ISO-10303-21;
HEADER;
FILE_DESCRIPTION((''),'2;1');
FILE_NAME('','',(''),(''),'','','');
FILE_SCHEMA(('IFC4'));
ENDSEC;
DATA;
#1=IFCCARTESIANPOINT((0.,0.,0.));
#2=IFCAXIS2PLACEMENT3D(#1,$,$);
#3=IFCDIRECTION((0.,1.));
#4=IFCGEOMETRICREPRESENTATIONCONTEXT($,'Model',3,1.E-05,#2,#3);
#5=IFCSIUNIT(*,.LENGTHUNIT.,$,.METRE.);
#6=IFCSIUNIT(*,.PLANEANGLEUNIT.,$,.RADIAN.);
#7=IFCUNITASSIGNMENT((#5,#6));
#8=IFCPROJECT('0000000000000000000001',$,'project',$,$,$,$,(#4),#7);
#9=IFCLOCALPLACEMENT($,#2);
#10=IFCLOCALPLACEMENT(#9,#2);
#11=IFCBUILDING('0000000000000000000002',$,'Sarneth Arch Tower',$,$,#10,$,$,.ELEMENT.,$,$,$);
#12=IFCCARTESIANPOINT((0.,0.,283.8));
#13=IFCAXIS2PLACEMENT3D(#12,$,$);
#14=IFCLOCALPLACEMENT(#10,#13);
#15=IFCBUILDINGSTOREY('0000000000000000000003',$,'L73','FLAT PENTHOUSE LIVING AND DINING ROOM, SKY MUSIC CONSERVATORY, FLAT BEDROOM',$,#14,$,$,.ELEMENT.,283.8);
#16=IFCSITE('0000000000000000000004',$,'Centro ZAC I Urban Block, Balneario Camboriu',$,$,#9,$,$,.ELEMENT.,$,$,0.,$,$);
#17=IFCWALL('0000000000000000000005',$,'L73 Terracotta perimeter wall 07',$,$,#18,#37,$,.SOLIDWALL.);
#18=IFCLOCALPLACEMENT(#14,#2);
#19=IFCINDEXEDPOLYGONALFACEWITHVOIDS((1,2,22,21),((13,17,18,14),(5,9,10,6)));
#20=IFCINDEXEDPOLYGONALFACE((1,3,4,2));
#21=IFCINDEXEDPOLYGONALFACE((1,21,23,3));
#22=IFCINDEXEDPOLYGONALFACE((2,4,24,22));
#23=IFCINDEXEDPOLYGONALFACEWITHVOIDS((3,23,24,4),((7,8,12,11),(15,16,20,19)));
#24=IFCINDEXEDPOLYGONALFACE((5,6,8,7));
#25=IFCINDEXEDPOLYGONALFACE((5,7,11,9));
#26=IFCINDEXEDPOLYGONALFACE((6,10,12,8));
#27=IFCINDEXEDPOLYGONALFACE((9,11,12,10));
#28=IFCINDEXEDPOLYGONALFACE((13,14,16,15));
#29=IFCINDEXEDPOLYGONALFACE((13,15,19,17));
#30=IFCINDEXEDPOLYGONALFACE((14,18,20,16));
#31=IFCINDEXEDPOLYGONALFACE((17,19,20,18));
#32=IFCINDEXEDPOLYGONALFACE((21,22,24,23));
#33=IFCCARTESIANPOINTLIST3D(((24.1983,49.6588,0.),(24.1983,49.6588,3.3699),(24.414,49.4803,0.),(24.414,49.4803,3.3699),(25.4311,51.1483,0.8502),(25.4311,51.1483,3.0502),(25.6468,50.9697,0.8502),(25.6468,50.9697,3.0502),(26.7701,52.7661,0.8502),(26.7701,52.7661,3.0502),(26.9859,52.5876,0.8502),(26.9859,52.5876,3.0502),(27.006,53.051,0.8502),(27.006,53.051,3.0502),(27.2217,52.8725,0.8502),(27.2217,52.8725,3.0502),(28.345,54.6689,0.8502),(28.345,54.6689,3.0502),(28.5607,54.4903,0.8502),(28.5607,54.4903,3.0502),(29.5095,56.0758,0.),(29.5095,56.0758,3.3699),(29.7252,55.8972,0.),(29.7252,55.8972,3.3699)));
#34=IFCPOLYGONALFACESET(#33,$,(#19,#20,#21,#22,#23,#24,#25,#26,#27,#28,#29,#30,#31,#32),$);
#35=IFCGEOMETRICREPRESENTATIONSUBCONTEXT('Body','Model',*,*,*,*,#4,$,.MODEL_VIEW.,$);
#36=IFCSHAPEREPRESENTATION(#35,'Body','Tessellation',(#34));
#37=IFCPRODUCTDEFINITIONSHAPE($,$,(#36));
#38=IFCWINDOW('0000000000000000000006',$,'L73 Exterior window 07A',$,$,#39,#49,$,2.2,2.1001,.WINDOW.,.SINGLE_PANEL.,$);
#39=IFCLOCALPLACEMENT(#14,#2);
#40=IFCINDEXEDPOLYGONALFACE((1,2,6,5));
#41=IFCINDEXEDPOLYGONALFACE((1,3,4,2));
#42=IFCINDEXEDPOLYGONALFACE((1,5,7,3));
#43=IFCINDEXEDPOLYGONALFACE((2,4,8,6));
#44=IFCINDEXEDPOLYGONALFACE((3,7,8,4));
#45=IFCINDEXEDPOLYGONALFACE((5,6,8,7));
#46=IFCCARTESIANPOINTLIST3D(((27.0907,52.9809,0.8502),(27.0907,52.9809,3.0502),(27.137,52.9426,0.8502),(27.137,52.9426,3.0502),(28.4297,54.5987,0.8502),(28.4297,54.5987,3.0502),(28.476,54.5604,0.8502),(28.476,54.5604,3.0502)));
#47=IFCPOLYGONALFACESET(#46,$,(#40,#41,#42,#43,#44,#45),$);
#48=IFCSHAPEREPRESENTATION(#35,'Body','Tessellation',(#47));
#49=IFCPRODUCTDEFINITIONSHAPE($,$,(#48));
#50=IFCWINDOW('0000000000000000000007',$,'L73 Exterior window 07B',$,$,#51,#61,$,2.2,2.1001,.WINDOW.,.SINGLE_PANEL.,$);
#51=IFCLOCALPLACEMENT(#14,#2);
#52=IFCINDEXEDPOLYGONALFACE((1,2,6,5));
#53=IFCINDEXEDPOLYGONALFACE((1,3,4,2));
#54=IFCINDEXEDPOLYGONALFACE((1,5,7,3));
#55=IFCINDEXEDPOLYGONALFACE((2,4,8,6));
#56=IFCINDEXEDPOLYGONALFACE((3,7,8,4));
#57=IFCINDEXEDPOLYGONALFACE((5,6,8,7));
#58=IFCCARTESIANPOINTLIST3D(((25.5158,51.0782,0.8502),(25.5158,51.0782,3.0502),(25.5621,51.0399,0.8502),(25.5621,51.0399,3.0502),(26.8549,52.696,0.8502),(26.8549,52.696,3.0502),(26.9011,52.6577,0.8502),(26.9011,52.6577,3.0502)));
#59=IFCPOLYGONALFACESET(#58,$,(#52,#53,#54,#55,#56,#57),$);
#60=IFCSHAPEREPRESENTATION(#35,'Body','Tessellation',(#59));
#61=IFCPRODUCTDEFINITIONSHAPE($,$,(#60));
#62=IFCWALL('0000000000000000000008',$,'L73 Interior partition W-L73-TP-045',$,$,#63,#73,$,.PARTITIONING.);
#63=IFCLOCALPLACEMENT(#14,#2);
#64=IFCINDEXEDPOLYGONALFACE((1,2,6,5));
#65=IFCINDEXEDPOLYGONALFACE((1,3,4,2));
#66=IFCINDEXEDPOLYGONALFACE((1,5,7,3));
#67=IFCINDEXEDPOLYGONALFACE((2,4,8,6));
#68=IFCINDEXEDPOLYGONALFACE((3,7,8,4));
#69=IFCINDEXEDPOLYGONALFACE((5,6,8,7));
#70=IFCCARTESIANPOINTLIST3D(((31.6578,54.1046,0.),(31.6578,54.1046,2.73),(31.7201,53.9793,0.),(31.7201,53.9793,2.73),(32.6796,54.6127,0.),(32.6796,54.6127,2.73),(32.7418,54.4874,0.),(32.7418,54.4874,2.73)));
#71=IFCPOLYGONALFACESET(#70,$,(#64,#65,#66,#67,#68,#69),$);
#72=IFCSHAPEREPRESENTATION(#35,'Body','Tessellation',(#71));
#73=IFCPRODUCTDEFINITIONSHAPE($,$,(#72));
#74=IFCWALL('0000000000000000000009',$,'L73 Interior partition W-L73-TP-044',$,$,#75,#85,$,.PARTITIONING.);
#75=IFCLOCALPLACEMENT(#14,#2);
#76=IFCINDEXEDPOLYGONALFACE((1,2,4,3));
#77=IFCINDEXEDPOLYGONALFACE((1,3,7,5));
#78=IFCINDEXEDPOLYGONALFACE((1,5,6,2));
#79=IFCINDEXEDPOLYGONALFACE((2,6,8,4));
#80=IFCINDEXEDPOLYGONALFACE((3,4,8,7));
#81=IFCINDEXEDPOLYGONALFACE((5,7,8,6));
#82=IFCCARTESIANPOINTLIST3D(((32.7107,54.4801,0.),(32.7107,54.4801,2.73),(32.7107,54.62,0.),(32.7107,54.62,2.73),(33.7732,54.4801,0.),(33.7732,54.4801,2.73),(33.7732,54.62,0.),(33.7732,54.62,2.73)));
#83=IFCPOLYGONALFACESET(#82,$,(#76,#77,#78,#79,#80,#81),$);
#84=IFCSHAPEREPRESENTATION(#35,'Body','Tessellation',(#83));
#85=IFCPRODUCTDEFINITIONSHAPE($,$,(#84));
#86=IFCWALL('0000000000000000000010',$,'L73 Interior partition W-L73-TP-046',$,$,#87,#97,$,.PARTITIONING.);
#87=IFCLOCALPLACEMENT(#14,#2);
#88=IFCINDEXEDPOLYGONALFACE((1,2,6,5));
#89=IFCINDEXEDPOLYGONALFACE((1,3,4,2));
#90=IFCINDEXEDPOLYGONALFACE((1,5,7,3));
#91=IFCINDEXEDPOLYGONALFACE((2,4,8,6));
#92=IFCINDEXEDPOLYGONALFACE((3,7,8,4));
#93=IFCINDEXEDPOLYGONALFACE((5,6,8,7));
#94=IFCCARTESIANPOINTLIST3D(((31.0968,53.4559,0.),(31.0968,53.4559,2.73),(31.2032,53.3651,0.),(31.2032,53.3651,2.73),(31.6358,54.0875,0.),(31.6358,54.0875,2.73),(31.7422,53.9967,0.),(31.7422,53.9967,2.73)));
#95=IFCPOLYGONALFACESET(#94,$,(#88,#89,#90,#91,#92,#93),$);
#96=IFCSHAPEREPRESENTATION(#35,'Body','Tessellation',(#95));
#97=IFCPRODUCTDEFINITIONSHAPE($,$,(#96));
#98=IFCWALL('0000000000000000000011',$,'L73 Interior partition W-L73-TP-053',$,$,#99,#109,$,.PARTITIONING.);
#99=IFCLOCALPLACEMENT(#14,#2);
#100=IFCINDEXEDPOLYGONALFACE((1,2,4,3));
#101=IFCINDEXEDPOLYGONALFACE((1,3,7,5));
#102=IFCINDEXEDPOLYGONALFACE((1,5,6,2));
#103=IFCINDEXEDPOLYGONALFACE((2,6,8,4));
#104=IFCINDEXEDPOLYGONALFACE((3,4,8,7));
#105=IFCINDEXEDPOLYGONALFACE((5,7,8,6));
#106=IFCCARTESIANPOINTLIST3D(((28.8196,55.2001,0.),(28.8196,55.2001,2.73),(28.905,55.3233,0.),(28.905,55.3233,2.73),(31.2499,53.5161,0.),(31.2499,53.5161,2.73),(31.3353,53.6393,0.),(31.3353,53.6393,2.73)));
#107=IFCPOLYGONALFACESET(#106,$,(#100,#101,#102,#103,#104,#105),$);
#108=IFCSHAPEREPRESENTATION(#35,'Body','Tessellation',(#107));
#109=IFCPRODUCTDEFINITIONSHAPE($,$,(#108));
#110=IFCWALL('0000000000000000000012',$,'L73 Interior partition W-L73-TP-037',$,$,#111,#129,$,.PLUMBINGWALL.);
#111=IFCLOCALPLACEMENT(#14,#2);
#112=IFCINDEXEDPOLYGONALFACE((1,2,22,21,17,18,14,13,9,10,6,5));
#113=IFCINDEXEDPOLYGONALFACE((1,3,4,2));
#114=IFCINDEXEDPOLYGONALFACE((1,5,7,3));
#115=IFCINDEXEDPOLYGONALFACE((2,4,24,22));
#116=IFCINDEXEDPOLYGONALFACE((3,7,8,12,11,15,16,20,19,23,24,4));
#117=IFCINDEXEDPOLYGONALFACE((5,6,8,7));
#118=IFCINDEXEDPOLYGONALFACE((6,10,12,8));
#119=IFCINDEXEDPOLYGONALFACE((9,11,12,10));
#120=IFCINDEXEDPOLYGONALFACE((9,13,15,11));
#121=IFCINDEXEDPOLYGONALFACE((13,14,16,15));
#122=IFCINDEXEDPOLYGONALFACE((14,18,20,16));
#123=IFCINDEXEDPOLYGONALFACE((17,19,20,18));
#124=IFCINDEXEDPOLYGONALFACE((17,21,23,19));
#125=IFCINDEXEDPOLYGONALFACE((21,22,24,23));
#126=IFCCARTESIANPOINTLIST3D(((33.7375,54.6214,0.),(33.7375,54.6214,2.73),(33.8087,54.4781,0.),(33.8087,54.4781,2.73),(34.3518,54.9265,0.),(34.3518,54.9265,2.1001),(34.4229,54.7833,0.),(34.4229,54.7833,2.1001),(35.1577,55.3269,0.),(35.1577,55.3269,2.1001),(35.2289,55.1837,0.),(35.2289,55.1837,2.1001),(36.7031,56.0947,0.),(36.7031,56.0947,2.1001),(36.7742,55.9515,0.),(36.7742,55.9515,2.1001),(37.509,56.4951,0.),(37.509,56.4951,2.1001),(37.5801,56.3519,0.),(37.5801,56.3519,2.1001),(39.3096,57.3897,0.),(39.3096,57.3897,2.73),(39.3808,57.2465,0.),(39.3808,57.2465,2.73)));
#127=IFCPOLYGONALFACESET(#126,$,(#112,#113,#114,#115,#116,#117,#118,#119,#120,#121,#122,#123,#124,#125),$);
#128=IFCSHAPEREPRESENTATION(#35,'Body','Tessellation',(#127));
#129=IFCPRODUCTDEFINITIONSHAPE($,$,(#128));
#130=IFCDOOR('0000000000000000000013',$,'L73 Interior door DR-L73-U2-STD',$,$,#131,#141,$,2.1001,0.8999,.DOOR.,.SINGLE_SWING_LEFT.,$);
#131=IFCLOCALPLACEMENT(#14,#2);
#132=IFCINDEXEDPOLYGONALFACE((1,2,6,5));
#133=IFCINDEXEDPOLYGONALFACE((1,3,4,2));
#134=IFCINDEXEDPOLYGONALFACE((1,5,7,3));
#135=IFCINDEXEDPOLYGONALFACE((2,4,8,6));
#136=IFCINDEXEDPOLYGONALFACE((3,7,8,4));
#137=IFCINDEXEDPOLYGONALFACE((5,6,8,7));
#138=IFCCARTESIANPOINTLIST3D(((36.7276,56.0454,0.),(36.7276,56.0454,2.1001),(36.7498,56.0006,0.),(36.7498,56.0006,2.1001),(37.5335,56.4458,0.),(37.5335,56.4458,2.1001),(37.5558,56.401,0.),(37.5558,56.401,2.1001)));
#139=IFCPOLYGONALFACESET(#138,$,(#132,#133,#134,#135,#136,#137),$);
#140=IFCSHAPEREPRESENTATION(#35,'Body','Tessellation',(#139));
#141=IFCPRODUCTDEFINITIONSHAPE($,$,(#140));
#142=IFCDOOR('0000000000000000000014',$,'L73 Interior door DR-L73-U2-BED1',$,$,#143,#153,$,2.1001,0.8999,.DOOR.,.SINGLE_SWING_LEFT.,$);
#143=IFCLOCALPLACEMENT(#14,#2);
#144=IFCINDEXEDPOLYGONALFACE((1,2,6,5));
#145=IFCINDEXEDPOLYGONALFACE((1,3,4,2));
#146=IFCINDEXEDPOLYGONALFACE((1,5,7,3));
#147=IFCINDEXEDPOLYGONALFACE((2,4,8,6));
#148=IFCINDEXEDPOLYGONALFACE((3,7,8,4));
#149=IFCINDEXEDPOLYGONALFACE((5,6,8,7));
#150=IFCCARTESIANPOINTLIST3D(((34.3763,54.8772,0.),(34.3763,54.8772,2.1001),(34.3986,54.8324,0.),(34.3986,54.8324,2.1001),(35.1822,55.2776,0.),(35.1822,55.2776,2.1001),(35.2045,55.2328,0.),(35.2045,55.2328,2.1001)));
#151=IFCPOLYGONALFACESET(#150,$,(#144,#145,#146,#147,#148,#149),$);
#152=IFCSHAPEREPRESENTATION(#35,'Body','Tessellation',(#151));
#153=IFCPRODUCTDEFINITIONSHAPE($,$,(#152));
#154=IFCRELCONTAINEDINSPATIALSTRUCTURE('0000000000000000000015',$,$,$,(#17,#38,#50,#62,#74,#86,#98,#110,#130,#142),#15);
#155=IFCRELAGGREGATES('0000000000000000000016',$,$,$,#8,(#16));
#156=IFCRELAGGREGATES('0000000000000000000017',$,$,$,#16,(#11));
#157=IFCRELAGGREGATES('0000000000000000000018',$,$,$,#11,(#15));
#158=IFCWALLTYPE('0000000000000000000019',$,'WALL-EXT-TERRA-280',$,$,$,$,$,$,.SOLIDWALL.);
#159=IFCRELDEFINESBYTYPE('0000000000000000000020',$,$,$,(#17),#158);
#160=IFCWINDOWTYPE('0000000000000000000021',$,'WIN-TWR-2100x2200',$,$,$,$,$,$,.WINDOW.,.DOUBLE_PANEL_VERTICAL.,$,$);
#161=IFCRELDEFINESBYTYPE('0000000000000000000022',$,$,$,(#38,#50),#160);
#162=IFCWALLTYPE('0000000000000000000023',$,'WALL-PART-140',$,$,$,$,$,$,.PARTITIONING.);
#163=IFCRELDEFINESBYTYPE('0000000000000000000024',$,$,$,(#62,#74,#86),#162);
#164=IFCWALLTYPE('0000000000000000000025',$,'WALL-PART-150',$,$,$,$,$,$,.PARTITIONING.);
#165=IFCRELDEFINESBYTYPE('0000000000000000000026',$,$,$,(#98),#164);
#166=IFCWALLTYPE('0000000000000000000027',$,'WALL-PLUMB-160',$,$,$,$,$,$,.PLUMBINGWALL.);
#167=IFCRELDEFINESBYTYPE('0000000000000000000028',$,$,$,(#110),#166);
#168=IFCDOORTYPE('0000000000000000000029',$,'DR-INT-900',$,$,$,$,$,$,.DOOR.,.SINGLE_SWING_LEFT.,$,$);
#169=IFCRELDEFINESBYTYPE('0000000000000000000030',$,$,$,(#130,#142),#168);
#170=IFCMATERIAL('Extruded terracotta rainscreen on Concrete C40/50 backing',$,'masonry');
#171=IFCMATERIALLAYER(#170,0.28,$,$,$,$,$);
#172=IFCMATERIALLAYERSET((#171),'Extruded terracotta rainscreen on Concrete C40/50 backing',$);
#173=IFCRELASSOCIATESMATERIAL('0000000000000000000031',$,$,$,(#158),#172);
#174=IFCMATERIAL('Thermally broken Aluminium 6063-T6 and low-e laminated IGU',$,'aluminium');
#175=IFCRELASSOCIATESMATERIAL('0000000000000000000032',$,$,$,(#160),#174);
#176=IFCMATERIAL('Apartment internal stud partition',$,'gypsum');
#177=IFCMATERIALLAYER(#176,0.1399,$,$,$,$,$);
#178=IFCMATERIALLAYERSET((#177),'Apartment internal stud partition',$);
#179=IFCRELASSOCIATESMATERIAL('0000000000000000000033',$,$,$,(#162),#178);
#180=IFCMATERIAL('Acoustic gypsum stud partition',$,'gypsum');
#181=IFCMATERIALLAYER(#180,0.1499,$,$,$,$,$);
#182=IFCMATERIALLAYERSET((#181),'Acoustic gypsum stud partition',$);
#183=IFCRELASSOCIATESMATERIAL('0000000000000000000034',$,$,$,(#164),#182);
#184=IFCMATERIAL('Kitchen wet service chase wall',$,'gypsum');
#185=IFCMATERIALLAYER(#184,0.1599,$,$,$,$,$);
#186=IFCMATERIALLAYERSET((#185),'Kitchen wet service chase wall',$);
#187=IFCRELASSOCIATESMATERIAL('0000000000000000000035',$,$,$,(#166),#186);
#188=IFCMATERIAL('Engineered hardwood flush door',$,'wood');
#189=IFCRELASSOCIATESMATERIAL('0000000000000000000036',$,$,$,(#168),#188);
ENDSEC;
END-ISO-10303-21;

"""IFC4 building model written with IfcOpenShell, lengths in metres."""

from ifc_helpers import new_model, si_unit, direction, frame, frame_2d, origin, place, context, subcontext, project, spatial, rectangle, extrude, material, layer, layer_set, type_object, element, fill, save


model = new_model("IFC4")

# Units and contexts
model_context = context("Model", 3, precision=1e-05, world=origin(), true_north=direction((0.0, 1.0)))
body_context = subcontext(model_context, "Body", "Model", "MODEL_VIEW")
ifc_project = project(units=[si_unit("LENGTHUNIT", "METRE"), si_unit("PLANEANGLEUNIT", "RADIAN")], contexts=[model_context])

# Site, building, storey
site_placement = place(None, origin())
site = spatial("IfcSite", under=ifc_project, at=site_placement, Name="Centro ZAC I Urban Block, Balneario Camboriu", CompositionType="ELEMENT", RefElevation=0.0)
building_placement = place(site_placement, origin())
building = spatial("IfcBuilding", under=site, at=building_placement, Name="Sarneth Arch Tower", CompositionType="ELEMENT")
storey_placement = place(building_placement, frame((0.0, 0.0, 283.8)))
storey = spatial("IfcBuildingStorey", under=building, at=storey_placement, Name="L73", Description="FLAT PENTHOUSE LIVING AND DINING ROOM, SKY MUSIC CONSERVATORY, FLAT BEDROOM", CompositionType="ELEMENT", Elevation=283.8)

# Wall, openings, windows
ifc_material_1 = material(Name="Extruded terracotta rainscreen on Concrete C40/50 backing", Category="masonry")
ifc_layer_1 = layer(ifc_material_1, 0.28)
ifc_layer_set_1 = layer_set([ifc_layer_1], Name="Extruded terracotta rainscreen on Concrete C40/50 backing")
wall_type_1 = type_object("IfcWallType", Name="WALL-EXT-TERRA-280", PredefinedType="SOLIDWALL", material=ifc_layer_set_1)
wall_1_placement = place(storey_placement, frame((29.6174, 55.9866, 0.0), z_axis=(0.0, 0.0, 1.0), x_axis=(-0.637615, -0.770355, 0.0)))
wall_1 = element("IfcWall", 1, at=wall_1_placement, inside=storey, type_object=wall_type_1, Name="L73 Terracotta perimeter wall 07", PredefinedType="SOLIDWALL", context=body_context, shape_type="SweptSolid", body=[
    extrude(rectangle(XDim=8.3298, YDim=0.28, at=frame_2d((4.165, 0.0))), origin(), (0.0, 0.0, 1.0), 3.3699),
])
opening_1_placement = place(wall_1_placement, frame((1.8264, 0.0, 0.8501)))
opening_1 = element("IfcOpeningElement", 2, at=opening_1_placement, cuts=wall_1, PredefinedType="OPENING", context=body_context, shape_type="SweptSolid", body=[
    extrude(rectangle(XDim=2.1001, YDim=2.2, at=frame_2d((1.05, 1.1001))), frame((0.0, 0.1499, 0.0), z_axis=(0.0, -1.0, 0.0), x_axis=(1.0, 0.0, 0.0)), (0.0, 0.0, 1.0), 0.3),
])
opening_2_placement = place(wall_1_placement, frame((4.2964, 0.0, 0.8501)))
opening_2 = element("IfcOpeningElement", 3, at=opening_2_placement, cuts=wall_1, PredefinedType="OPENING", context=body_context, shape_type="SweptSolid", body=[
    extrude(rectangle(XDim=2.1001, YDim=2.2, at=frame_2d((1.05, 1.1001))), frame((0.0, 0.1499, 0.0), z_axis=(0.0, -1.0, 0.0), x_axis=(1.0, 0.0, 0.0)), (0.0, 0.0, 1.0), 0.3),
])
ifc_material_2 = material(Name="Thermally broken Aluminium 6063-T6 and low-e laminated IGU", Category="aluminium")
window_type = type_object("IfcWindowType", Name="WIN-TWR-2100x2200", PartitioningType="DOUBLE_PANEL_VERTICAL", PredefinedType="WINDOW", material=ifc_material_2)
window_1_placement = place(opening_1_placement, origin())
window_1 = element("IfcWindow", 4, at=window_1_placement, inside=storey, type_object=window_type, Name="L73 Exterior window 07A", OverallHeight=2.2, OverallWidth=2.1001, PartitioningType="SINGLE_PANEL", PredefinedType="WINDOW", context=body_context, shape_type="SweptSolid", body=[
    extrude(rectangle(XDim=2.1001, YDim=2.2, at=frame_2d((1.05, 1.1001))), frame((0.0, 0.03, 0.0), z_axis=(0.0, -1.0, 0.0), x_axis=(1.0, 0.0, 0.0)), (0.0, 0.0, 1.0), 0.0601),
])
fill(opening_1, window_1)
window_2_placement = place(opening_2_placement, origin())
window_2 = element("IfcWindow", 5, at=window_2_placement, inside=storey, type_object=window_type, Name="L73 Exterior window 07B", OverallHeight=2.2, OverallWidth=2.1001, PartitioningType="SINGLE_PANEL", PredefinedType="WINDOW", context=body_context, shape_type="SweptSolid", body=[
    extrude(rectangle(XDim=2.1001, YDim=2.2, at=frame_2d((1.05, 1.1001))), frame((0.0, 0.03, 0.0), z_axis=(0.0, -1.0, 0.0), x_axis=(1.0, 0.0, 0.0)), (0.0, 0.0, 1.0), 0.0601),
])
fill(opening_2, window_2)

# Walls
ifc_material_3 = material(Name="Apartment internal stud partition", Category="gypsum")
ifc_layer_2 = layer(ifc_material_3, 0.1399)
ifc_layer_set_2 = layer_set([ifc_layer_2], Name="Apartment internal stud partition")
wall_type_2 = type_object("IfcWallType", Name="WALL-PART-140", PredefinedType="PARTITIONING", material=ifc_layer_set_2)
wall_2_placement = place(storey_placement, frame((32.7107, 54.55, 0.0), z_axis=(0.0, 0.0, 1.0), x_axis=(-0.895409, -0.445244, 0.0)))
element("IfcWall", 6, at=wall_2_placement, inside=storey, type_object=wall_type_2, Name="L73 Interior partition W-L73-TP-045", PredefinedType="PARTITIONING", context=body_context, shape_type="SweptSolid", body=[
    extrude(rectangle(XDim=1.1411, YDim=0.1399, at=frame_2d((0.5706, 0.0))), origin(), (0.0, 0.0, 1.0), 2.73),
])
wall_3_placement = place(storey_placement, frame((33.7732, 54.55, 0.0), z_axis=(0.0, 0.0, 1.0), x_axis=(-1.0, 0.0, 0.0)))
element("IfcWall", 7, at=wall_3_placement, inside=storey, type_object=wall_type_2, Name="L73 Interior partition W-L73-TP-044", PredefinedType="PARTITIONING", context=body_context, shape_type="SweptSolid", body=[
    extrude(rectangle(XDim=1.0625, YDim=0.1399, at=frame_2d((0.5312, 0.0))), origin(), (0.0, 0.0, 1.0), 2.73),
])
wall_4_placement = place(storey_placement, frame((31.689, 54.042, 0.0), z_axis=(0.0, 0.0, 1.0), x_axis=(-0.649192, -0.760625, 0.0)))
element("IfcWall", 8, at=wall_4_placement, inside=storey, type_object=wall_type_2, Name="L73 Interior partition W-L73-TP-046", PredefinedType="PARTITIONING", context=body_context, shape_type="SweptSolid", body=[
    extrude(rectangle(XDim=0.8303, YDim=0.1399, at=frame_2d((0.415, 0.0))), origin(), (0.0, 0.0, 1.0), 2.73),
])
ifc_material_4 = material(Name="Acoustic gypsum stud partition", Category="gypsum")
ifc_layer_3 = layer(ifc_material_4, 0.1499)
ifc_layer_set_3 = layer_set([ifc_layer_3], Name="Acoustic gypsum stud partition")
wall_type_3 = type_object("IfcWallType", Name="WALL-PART-150", PredefinedType="PARTITIONING", material=ifc_layer_set_3)
wall_5_placement = place(storey_placement, frame((31.2927, 53.5776, 0.0), z_axis=(0.0, 0.0, 1.0), x_axis=(-0.821957, 0.569549, 0.0)))
element("IfcWall", 9, at=wall_5_placement, inside=storey, type_object=wall_type_3, Name="L73 Interior partition W-L73-TP-053", PredefinedType="PARTITIONING", context=body_context, shape_type="SweptSolid", body=[
    extrude(rectangle(XDim=2.9568, YDim=0.1499, at=frame_2d((1.4785, 0.0))), origin(), (0.0, 0.0, 1.0), 2.73),
])

# Wall, openings, doors
ifc_material_5 = material(Name="Kitchen wet service chase wall", Category="gypsum")
ifc_layer_4 = layer(ifc_material_5, 0.1599)
ifc_layer_set_4 = layer_set([ifc_layer_4], Name="Kitchen wet service chase wall")
wall_type_4 = type_object("IfcWallType", Name="WALL-PLUMB-160", PredefinedType="PLUMBINGWALL", material=ifc_layer_set_4)
wall_6_placement = place(storey_placement, frame((33.7732, 54.5498, 0.0), z_axis=(0.0, 0.0, 1.0), x_axis=(0.895562, 0.444936, 0.0)))
wall_6 = element("IfcWall", 10, at=wall_6_placement, inside=storey, type_object=wall_type_4, Name="L73 Interior partition W-L73-TP-037", PredefinedType="PLUMBINGWALL", context=body_context, shape_type="SweptSolid", body=[
    extrude(rectangle(XDim=6.2219, YDim=0.1599, at=frame_2d((3.1108, 0.0))), origin(), (0.0, 0.0, 1.0), 2.73),
])
opening_3_placement = place(wall_6_placement, frame((3.3113, 0.0, 0.0)))
opening_3 = element("IfcOpeningElement", 11, at=opening_3_placement, cuts=wall_6, PredefinedType="OPENING", context=body_context, shape_type="SweptSolid", body=[
    extrude(rectangle(XDim=0.8999, YDim=2.1001, at=frame_2d((0.45, 1.05))), frame((0.0, 0.0898, 0.0), z_axis=(0.0, -1.0, 0.0), x_axis=(1.0, 0.0, 0.0)), (0.0, 0.0, 1.0), 0.1799),
])
opening_4_placement = place(wall_6_placement, frame((0.6858, 0.0, 0.0)))
opening_4 = element("IfcOpeningElement", 12, at=opening_4_placement, cuts=wall_6, PredefinedType="OPENING", context=body_context, shape_type="SweptSolid", body=[
    extrude(rectangle(XDim=0.8999, YDim=2.1001, at=frame_2d((0.45, 1.05))), frame((0.0, 0.0898, 0.0), z_axis=(0.0, -1.0, 0.0), x_axis=(1.0, 0.0, 0.0)), (0.0, 0.0, 1.0), 0.1799),
])
ifc_material_6 = material(Name="Engineered hardwood flush door", Category="wood")
door_type = type_object("IfcDoorType", Name="DR-INT-900", OperationType="SINGLE_SWING_LEFT", PredefinedType="DOOR", material=ifc_material_6)
door_1_placement = place(opening_3_placement, origin())
door_1 = element("IfcDoor", 13, at=door_1_placement, inside=storey, type_object=door_type, Name="L73 Interior door DR-L73-U2-STD", OperationType="SINGLE_SWING_LEFT", OverallHeight=2.1001, OverallWidth=0.8999, PredefinedType="DOOR", context=body_context, shape_type="SweptSolid", body=[
    extrude(rectangle(XDim=0.8999, YDim=2.1001, at=frame_2d((0.45, 1.05))), frame((0.0, 0.0249, 0.0), z_axis=(0.0, -1.0, 0.0), x_axis=(1.0, 0.0, 0.0)), (0.0, 0.0, 1.0), 0.05),
])
fill(opening_3, door_1)
door_2_placement = place(opening_4_placement, origin())
door_2 = element("IfcDoor", 14, at=door_2_placement, inside=storey, type_object=door_type, Name="L73 Interior door DR-L73-U2-BED1", OperationType="SINGLE_SWING_LEFT", OverallHeight=2.1001, OverallWidth=0.8999, PredefinedType="DOOR", context=body_context, shape_type="SweptSolid", body=[
    extrude(rectangle(XDim=0.8999, YDim=2.1001, at=frame_2d((0.45, 1.05))), frame((0.0, 0.0249, 0.0), z_axis=(0.0, -1.0, 0.0), x_axis=(1.0, 0.0, 0.0)), (0.0, 0.0, 1.0), 0.05),
])
fill(opening_4, door_2)

save(model, "model.ifc")
